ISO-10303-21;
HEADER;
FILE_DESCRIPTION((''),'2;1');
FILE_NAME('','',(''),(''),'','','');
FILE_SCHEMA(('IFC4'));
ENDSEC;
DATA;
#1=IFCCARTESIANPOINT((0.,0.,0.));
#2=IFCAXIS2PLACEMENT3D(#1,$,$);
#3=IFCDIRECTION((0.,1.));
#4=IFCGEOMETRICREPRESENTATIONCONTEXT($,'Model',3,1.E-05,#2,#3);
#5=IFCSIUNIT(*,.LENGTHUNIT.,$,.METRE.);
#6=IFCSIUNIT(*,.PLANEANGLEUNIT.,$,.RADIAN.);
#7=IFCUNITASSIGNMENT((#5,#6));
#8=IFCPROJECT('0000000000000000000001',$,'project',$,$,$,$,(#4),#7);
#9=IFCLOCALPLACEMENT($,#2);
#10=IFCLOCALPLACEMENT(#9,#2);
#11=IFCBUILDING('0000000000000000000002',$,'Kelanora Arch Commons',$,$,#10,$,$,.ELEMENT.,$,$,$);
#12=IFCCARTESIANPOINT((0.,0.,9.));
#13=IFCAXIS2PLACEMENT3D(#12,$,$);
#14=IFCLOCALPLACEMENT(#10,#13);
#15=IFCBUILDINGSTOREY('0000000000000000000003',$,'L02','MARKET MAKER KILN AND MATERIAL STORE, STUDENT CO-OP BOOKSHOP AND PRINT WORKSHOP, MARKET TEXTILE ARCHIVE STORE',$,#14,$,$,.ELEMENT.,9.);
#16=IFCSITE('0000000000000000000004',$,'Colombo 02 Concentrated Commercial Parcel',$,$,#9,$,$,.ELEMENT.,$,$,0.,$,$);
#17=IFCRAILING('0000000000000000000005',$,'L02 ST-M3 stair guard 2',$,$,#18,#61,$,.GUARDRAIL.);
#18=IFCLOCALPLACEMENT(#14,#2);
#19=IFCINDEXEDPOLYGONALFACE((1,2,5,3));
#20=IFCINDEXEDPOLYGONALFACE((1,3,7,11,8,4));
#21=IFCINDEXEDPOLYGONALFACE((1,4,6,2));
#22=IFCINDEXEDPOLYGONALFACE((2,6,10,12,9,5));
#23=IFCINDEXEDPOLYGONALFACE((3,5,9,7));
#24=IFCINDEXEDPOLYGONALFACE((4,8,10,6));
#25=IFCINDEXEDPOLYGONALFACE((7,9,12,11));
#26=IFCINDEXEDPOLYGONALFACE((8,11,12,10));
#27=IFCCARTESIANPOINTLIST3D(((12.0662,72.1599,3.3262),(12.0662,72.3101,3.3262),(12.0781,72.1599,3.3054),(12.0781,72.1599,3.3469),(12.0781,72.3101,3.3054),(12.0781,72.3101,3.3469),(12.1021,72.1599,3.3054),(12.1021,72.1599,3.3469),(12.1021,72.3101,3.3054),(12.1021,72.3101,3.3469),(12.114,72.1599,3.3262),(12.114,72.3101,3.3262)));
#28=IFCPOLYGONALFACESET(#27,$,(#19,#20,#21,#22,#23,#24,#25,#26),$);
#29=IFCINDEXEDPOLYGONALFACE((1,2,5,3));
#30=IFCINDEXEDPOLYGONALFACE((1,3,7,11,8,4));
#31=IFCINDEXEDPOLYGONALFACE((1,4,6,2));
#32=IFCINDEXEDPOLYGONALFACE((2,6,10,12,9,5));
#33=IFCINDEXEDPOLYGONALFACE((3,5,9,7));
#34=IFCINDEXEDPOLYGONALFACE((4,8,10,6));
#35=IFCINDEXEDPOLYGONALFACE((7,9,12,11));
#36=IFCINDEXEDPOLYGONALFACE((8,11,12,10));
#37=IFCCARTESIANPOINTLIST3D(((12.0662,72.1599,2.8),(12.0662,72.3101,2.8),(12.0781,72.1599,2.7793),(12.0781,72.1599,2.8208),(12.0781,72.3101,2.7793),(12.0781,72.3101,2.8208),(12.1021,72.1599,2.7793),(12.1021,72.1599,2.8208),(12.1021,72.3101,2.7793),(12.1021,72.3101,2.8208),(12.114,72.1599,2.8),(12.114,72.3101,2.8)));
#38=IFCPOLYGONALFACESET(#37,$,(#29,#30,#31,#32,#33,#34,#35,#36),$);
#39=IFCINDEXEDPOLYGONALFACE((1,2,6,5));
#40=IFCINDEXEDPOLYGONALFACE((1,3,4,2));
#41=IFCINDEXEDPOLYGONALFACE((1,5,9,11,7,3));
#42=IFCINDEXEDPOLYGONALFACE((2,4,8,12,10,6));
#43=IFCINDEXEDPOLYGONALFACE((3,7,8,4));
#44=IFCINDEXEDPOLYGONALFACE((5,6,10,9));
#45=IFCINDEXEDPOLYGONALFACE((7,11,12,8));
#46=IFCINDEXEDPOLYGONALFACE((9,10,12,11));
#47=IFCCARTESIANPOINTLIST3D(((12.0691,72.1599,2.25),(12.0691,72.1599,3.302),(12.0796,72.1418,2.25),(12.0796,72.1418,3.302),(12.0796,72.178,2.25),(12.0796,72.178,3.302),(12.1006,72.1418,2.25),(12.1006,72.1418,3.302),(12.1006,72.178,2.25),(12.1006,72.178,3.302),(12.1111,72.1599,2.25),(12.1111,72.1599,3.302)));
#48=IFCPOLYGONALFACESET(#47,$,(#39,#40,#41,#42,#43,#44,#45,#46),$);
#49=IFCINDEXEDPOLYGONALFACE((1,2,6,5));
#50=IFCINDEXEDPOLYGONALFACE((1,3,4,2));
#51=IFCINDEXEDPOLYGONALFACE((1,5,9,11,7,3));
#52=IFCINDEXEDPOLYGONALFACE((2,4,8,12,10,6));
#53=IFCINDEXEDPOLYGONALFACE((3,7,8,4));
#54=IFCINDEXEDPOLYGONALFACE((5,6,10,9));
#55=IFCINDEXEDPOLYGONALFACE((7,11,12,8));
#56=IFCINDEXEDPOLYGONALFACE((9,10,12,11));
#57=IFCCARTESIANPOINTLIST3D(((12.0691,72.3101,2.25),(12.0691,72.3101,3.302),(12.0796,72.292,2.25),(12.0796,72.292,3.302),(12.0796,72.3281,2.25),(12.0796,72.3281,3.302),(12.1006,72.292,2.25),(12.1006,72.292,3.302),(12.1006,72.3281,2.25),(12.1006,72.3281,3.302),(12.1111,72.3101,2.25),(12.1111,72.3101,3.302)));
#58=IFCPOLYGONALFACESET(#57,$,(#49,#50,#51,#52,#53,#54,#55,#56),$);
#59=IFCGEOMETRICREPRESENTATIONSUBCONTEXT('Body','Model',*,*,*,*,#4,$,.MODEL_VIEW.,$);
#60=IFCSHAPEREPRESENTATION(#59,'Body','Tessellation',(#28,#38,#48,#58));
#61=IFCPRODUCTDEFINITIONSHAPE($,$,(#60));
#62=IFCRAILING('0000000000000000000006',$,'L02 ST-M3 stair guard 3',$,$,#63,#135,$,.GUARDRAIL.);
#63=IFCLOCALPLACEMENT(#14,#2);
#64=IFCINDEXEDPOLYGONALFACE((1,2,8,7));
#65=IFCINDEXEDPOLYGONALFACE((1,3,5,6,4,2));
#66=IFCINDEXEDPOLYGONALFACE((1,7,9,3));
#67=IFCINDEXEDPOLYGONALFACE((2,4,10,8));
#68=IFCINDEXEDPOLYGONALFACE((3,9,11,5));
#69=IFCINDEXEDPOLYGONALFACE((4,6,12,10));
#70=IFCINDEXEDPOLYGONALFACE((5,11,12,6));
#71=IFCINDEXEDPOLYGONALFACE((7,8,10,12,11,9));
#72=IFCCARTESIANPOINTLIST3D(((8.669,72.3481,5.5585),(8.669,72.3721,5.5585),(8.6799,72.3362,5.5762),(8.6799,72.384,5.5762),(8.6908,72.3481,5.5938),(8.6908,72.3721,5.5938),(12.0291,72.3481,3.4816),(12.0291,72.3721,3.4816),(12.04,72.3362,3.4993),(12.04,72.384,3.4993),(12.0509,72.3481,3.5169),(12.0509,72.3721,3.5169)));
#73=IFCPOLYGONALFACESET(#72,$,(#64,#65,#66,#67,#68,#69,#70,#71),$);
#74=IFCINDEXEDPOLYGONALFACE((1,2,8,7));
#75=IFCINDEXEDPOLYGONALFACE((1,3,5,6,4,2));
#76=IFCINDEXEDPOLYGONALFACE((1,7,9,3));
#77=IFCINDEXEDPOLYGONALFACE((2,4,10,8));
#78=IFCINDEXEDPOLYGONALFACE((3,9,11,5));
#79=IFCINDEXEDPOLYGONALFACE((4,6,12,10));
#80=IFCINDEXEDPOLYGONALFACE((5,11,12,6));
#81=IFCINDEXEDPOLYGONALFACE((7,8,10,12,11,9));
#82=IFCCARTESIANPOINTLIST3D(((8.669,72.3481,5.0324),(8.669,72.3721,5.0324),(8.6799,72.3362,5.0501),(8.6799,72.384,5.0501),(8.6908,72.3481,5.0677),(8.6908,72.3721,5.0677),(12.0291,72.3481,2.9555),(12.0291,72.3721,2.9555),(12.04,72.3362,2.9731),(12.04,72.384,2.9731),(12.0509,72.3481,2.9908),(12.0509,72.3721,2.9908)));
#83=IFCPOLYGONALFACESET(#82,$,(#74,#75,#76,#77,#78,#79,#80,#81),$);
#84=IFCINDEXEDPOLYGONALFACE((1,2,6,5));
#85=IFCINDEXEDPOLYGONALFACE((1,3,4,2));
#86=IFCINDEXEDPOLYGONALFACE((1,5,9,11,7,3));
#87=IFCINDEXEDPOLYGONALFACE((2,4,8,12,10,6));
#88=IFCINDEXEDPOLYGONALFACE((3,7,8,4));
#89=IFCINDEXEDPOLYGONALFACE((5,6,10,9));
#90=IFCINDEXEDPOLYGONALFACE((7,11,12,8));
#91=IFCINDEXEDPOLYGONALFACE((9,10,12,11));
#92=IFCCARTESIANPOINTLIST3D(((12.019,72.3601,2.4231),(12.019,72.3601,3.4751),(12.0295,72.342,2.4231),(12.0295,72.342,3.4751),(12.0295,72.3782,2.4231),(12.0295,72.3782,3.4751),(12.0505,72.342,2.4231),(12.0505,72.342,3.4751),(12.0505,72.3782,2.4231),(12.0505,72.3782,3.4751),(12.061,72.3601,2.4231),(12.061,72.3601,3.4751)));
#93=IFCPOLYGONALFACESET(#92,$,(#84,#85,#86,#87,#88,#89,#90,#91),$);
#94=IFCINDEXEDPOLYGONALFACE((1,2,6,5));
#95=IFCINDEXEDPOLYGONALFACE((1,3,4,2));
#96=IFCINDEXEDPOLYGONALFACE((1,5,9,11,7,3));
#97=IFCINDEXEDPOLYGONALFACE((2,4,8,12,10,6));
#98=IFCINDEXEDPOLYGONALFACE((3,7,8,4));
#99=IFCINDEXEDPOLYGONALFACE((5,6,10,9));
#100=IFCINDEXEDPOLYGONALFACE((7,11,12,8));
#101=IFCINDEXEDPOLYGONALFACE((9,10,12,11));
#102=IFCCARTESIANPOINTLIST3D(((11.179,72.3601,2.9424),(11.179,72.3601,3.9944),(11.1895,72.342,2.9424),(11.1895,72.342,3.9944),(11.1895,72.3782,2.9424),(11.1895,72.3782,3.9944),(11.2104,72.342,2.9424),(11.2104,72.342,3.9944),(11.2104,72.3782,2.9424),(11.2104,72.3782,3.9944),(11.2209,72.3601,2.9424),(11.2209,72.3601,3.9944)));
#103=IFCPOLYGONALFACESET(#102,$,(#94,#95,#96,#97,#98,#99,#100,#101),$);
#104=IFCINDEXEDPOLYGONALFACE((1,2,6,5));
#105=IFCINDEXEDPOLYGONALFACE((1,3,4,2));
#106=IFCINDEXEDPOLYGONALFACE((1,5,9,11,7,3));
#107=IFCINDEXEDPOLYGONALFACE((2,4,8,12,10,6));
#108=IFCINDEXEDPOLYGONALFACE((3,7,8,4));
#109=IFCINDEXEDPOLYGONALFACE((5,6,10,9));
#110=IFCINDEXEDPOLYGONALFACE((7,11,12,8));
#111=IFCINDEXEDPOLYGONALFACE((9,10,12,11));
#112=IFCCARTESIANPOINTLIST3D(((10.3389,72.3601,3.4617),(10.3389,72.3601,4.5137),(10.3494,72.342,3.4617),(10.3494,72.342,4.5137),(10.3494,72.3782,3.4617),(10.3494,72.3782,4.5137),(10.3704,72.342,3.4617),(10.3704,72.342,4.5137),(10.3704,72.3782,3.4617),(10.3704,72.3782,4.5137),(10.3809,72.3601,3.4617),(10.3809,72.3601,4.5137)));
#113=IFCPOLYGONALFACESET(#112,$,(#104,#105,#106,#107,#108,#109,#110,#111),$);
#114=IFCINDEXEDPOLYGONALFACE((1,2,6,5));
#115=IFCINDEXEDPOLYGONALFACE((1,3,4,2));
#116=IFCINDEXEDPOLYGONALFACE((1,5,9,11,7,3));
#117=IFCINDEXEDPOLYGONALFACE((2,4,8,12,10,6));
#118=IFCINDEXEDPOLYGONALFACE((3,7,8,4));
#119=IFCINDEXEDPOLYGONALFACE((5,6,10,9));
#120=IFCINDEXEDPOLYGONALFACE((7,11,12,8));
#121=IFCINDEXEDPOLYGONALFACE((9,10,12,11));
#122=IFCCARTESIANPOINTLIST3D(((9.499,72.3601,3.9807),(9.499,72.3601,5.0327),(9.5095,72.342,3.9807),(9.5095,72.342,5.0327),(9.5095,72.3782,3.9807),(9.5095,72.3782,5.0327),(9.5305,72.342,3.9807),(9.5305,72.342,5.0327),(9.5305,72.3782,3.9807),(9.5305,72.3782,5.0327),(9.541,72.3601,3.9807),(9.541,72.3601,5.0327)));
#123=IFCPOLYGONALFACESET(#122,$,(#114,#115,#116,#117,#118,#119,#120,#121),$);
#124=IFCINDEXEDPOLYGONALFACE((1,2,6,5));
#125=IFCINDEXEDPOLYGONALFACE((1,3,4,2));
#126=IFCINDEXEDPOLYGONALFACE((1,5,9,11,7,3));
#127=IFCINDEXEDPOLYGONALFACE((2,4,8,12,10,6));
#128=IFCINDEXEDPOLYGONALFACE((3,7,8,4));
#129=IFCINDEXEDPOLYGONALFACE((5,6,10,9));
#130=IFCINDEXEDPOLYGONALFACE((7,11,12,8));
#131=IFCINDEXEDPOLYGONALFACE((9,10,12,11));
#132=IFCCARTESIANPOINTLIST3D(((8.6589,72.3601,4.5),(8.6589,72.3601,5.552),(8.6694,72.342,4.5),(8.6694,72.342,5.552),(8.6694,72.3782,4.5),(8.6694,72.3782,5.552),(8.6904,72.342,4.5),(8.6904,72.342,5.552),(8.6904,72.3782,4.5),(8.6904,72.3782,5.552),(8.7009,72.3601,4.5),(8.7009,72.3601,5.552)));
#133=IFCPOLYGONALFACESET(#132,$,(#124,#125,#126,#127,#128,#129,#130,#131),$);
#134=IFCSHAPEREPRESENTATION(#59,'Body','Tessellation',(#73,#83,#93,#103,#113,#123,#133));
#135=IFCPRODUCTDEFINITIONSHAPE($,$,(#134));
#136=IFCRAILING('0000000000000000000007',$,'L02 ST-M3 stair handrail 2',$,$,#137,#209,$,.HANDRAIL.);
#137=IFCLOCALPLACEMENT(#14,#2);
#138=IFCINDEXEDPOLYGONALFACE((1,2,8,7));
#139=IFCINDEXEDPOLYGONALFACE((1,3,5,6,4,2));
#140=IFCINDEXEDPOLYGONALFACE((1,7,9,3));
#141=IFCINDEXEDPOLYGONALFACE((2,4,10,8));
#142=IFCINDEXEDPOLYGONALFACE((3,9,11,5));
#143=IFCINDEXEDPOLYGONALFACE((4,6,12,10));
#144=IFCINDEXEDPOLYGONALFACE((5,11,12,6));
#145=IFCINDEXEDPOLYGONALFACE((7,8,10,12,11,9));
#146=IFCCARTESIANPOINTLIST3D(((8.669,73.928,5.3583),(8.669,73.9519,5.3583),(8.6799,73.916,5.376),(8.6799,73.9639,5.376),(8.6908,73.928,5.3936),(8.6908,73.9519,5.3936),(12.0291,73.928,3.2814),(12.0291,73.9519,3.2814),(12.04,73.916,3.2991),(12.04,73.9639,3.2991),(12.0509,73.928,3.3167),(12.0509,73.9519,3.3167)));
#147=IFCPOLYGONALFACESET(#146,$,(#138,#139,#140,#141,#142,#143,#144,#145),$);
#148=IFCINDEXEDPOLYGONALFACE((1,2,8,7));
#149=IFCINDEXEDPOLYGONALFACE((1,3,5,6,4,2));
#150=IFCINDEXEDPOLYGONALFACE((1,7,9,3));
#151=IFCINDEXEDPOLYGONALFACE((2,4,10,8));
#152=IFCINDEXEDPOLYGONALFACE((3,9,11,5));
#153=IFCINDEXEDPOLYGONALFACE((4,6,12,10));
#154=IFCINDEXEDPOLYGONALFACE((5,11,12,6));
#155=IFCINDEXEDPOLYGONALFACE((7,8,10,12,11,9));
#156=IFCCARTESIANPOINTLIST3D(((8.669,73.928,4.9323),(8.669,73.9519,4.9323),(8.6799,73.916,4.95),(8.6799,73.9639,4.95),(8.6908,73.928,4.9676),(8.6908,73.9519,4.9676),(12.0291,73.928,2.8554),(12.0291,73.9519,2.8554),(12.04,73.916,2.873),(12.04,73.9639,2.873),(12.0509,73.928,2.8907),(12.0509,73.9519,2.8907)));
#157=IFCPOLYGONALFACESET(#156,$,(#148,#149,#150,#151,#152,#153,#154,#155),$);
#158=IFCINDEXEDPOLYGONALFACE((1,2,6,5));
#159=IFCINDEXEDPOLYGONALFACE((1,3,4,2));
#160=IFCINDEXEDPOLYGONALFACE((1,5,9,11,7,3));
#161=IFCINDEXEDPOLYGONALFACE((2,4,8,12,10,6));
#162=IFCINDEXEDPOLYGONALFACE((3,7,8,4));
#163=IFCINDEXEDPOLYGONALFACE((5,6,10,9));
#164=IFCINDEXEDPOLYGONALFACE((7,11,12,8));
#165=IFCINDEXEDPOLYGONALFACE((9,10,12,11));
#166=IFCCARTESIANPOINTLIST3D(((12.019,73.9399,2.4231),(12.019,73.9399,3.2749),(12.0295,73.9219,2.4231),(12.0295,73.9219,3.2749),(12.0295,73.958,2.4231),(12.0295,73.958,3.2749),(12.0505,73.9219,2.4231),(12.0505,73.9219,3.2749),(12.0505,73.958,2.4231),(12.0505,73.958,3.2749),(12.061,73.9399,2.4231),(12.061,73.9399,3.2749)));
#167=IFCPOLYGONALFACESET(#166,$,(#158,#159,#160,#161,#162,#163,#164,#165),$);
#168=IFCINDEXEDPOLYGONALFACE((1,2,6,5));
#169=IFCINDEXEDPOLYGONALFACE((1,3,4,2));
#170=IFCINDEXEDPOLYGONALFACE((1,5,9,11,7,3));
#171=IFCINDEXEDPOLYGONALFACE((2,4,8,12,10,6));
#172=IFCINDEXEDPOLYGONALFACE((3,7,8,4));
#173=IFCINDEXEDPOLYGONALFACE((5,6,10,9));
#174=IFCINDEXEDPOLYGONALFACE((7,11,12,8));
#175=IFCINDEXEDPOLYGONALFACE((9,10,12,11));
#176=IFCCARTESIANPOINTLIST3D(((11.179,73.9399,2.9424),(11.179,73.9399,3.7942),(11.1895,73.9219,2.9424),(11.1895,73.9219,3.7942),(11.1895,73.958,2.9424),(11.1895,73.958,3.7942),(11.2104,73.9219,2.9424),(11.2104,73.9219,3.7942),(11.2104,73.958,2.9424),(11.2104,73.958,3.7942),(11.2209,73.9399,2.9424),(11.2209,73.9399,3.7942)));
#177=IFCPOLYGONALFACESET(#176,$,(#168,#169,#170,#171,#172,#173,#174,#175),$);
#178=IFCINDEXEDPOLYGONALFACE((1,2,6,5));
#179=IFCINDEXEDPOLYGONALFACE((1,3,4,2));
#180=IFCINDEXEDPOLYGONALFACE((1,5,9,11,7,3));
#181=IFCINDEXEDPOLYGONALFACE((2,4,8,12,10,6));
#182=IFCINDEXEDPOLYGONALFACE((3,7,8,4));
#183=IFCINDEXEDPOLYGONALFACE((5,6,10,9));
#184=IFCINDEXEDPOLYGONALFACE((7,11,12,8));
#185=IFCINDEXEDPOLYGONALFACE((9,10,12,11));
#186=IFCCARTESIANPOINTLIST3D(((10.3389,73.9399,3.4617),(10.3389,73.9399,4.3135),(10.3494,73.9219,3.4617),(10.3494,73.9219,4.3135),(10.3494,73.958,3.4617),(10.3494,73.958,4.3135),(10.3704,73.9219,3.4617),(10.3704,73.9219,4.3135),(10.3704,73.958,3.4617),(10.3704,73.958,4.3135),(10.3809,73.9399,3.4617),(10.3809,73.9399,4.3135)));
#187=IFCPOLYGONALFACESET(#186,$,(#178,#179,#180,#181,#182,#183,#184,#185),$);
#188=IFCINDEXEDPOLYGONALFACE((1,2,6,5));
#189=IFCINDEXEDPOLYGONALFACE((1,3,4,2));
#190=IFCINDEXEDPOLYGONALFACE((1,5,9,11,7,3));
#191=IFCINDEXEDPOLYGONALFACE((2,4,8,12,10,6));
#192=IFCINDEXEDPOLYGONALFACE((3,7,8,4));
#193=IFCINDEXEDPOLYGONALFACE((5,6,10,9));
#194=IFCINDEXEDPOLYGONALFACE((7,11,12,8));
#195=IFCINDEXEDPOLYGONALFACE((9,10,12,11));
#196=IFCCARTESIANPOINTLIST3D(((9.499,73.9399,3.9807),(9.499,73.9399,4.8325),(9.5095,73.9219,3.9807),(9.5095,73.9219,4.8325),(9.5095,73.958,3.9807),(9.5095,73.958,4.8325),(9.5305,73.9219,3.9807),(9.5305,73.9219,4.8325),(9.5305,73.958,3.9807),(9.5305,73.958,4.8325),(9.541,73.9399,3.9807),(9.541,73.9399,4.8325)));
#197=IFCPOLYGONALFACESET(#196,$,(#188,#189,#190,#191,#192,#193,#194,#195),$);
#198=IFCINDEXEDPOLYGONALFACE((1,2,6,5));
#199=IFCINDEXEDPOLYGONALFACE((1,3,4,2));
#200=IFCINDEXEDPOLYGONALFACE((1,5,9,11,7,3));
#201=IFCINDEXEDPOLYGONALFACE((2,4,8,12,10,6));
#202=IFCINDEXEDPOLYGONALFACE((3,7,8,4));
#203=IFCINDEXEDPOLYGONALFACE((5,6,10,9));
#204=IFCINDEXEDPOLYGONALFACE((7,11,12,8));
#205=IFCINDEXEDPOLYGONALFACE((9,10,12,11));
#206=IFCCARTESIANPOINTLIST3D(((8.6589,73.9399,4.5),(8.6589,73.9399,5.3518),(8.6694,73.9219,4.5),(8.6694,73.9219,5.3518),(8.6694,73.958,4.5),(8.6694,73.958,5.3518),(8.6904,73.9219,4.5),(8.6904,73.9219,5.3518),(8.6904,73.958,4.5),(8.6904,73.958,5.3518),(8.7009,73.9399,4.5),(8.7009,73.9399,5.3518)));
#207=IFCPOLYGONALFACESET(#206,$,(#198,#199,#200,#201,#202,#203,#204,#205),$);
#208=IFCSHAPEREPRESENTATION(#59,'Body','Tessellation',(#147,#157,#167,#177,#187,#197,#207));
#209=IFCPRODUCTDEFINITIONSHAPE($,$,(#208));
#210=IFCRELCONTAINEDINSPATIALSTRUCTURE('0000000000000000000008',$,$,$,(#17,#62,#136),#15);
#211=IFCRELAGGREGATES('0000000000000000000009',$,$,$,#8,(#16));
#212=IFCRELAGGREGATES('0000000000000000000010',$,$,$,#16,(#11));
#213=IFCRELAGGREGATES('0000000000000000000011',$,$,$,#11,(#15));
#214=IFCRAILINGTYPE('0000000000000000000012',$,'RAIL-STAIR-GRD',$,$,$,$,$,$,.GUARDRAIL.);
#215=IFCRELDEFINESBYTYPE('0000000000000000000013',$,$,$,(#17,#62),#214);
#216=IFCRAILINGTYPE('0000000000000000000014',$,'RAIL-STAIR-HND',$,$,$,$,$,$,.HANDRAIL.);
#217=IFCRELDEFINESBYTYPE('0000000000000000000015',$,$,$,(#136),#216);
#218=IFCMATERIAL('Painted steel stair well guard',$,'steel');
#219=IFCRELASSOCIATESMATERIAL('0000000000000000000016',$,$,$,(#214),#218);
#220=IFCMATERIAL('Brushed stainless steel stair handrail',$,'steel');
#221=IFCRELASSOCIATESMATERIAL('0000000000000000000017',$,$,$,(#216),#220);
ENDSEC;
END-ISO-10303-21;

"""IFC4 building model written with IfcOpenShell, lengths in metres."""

from ifc_helpers import new_model, si_unit, direction, frame, origin, place, context, subcontext, project, spatial, polyline, outline, extrude, material, type_object, element, save


model = new_model("IFC4")

# Units and contexts
model_context = context("Model", 3, precision=1e-05, world=origin(), true_north=direction((0.0, 1.0)))
body_context = subcontext(model_context, "Body", "Model", "MODEL_VIEW")
ifc_project = project(units=[si_unit("LENGTHUNIT", "METRE"), si_unit("PLANEANGLEUNIT", "RADIAN")], contexts=[model_context])

# Site, building, storey
site_placement = place(None, origin())
site = spatial("IfcSite", under=ifc_project, at=site_placement, Name="Colombo 02 Concentrated Commercial Parcel", CompositionType="ELEMENT", RefElevation=0.0)
building_placement = place(site_placement, origin())
building = spatial("IfcBuilding", under=site, at=building_placement, Name="Kelanora Arch Commons", CompositionType="ELEMENT")
storey_placement = place(building_placement, frame((0.0, 0.0, 9.0)))
storey = spatial("IfcBuildingStorey", under=building, at=storey_placement, Name="L02", Description="MARKET MAKER KILN AND MATERIAL STORE, STUDENT CO-OP BOOKSHOP AND PRINT WORKSHOP, MARKET TEXTILE ARCHIVE STORE", CompositionType="ELEMENT", Elevation=9.0)

# Railings
ifc_material_1 = material(Name="Painted steel stair well guard", Category="steel")
railing_type_1 = type_object("IfcRailingType", Name="RAIL-STAIR-GRD", PredefinedType="GUARDRAIL", material=ifc_material_1)
railing_1_placement = place(storey_placement, frame((12.0901, 72.1599, 2.25)))
element("IfcRailing", 1, at=railing_1_placement, inside=storey, type_object=railing_type_1, Name="L02 ST-M3 stair guard 2", PredefinedType="GUARDRAIL", context=body_context, shape_type="SweptSolid", body=[
    extrude(outline(polyline([(0.0239, 0.0), (0.012, 0.0208), (-0.012, 0.0208), (-0.0239, 0.0), (-0.012, -0.0208), (0.012, -0.0208), (0.0239, 0.0)])), frame((0.0, 0.0, 1.0762), z_axis=(0.0, 1.0, 0.0), x_axis=(-1.0, 0.0, 0.0)), (0.0, 0.0, 1.0), 0.1501),
    extrude(outline(polyline([(0.0239, 0.0), (0.012, 0.0208), (-0.012, 0.0208), (-0.0239, 0.0), (-0.012, -0.0208), (0.012, -0.0208), (0.0239, 0.0)])), frame((0.0, 0.0, 0.55), z_axis=(0.0, 1.0, 0.0), x_axis=(-1.0, 0.0, 0.0)), (0.0, 0.0, 1.0), 0.1501),
    extrude(outline(polyline([(0.021, 0.0), (0.0105, 0.0181), (-0.0105, 0.0181), (-0.021, 0.0), (-0.0105, -0.0181), (0.0105, -0.0181), (0.021, 0.0)])), origin(), (0.0, 0.0, 1.0), 1.052),
    extrude(outline(polyline([(0.021, 0.0), (0.0105, 0.0181), (-0.0105, 0.0181), (-0.021, 0.0), (-0.0105, -0.0181), (0.0105, -0.0181), (0.021, 0.0)])), frame((0.0, 0.1501, 0.0)), (0.0, 0.0, 1.0), 1.052),
])
railing_2_placement = place(storey_placement, frame((12.04, 72.3601, 2.4231)))
element("IfcRailing", 2, at=railing_2_placement, inside=storey, type_object=railing_type_1, Name="L02 ST-M3 stair guard 3", PredefinedType="GUARDRAIL", context=body_context, shape_type="SweptSolid", body=[
    extrude(outline(polyline([(0.0239, 0.0), (0.012, 0.0208), (-0.012, 0.0208), (-0.0239, 0.0), (-0.012, -0.0208), (0.012, -0.0208), (0.0239, 0.0)])), frame((0.0, 0.0, 1.0762), z_axis=(-0.850623, 0.0, 0.525776), x_axis=(0.0, -1.0, 0.0)), (0.0, 0.0, 1.0), 3.9502),
    extrude(outline(polyline([(0.0239, 0.0), (0.012, 0.0208), (-0.012, 0.0208), (-0.0239, 0.0), (-0.012, -0.0208), (0.012, -0.0208), (0.0239, 0.0)])), frame((0.0, 0.0, 0.55), z_axis=(-0.850623, 0.0, 0.525776), x_axis=(0.0, -1.0, 0.0)), (0.0, 0.0, 1.0), 3.9502),
    extrude(outline(polyline([(0.021, 0.0), (0.0105, 0.0181), (-0.0105, 0.0181), (-0.021, 0.0), (-0.0105, -0.0181), (0.0105, -0.0181), (0.021, 0.0)])), origin(), (0.0, 0.0, 1.0), 1.052),
    extrude(outline(polyline([(0.021, 0.0), (0.0105, 0.0181), (-0.0105, 0.0181), (-0.021, 0.0), (-0.0105, -0.0181), (0.0105, -0.0181), (0.021, 0.0)])), frame((-0.8401, 0.0, 0.5193)), (0.0, 0.0, 1.0), 1.052),
    extrude(outline(polyline([(0.021, 0.0), (0.0105, 0.0181), (-0.0105, 0.0181), (-0.021, 0.0), (-0.0105, -0.0181), (0.0105, -0.0181), (0.021, 0.0)])), frame((-1.6802, 0.0, 1.0386)), (0.0, 0.0, 1.0), 1.052),
    extrude(outline(polyline([(0.021, 0.0), (0.0105, 0.0181), (-0.0105, 0.0181), (-0.021, 0.0), (-0.0105, -0.0181), (0.0105, -0.0181), (0.021, 0.0)])), frame((-2.52, 0.0, 1.5576)), (0.0, 0.0, 1.0), 1.052),
    extrude(outline(polyline([(0.021, 0.0), (0.0105, 0.0181), (-0.0105, 0.0181), (-0.021, 0.0), (-0.0105, -0.0181), (0.0105, -0.0181), (0.021, 0.0)])), frame((-3.3601, 0.0, 2.0769)), (0.0, 0.0, 1.0), 1.052),
])
ifc_material_2 = material(Name="Brushed stainless steel stair handrail", Category="steel")
railing_type_2 = type_object("IfcRailingType", Name="RAIL-STAIR-HND", PredefinedType="HANDRAIL", material=ifc_material_2)
railing_3_placement = place(storey_placement, frame((12.04, 73.9399, 2.4231)))
element("IfcRailing", 3, at=railing_3_placement, inside=storey, type_object=railing_type_2, Name="L02 ST-M3 stair handrail 2", PredefinedType="HANDRAIL", context=body_context, shape_type="SweptSolid", body=[
    extrude(outline(polyline([(0.0239, 0.0), (0.012, 0.0208), (-0.012, 0.0208), (-0.0239, 0.0), (-0.012, -0.0208), (0.012, -0.0208), (0.0239, 0.0)])), frame((0.0, 0.0, 0.876), z_axis=(-0.850623, 0.0, 0.525776), x_axis=(0.0, -1.0, 0.0)), (0.0, 0.0, 1.0), 3.9502),
    extrude(outline(polyline([(0.0239, 0.0), (0.012, 0.0208), (-0.012, 0.0208), (-0.0239, 0.0), (-0.012, -0.0208), (0.012, -0.0208), (0.0239, 0.0)])), frame((0.0, 0.0, 0.45), z_axis=(-0.850623, 0.0, 0.525776), x_axis=(0.0, -1.0, 0.0)), (0.0, 0.0, 1.0), 3.9502),
    extrude(outline(polyline([(0.021, 0.0), (0.0105, 0.0181), (-0.0105, 0.0181), (-0.021, 0.0), (-0.0105, -0.0181), (0.0105, -0.0181), (0.021, 0.0)])), origin(), (0.0, 0.0, 1.0), 0.8518),
    extrude(outline(polyline([(0.021, 0.0), (0.0105, 0.0181), (-0.0105, 0.0181), (-0.021, 0.0), (-0.0105, -0.0181), (0.0105, -0.0181), (0.021, 0.0)])), frame((-0.8401, 0.0, 0.5193)), (0.0, 0.0, 1.0), 0.8518),
    extrude(outline(polyline([(0.021, 0.0), (0.0105, 0.0181), (-0.0105, 0.0181), (-0.021, 0.0), (-0.0105, -0.0181), (0.0105, -0.0181), (0.021, 0.0)])), frame((-1.6802, 0.0, 1.0386)), (0.0, 0.0, 1.0), 0.8518),
    extrude(outline(polyline([(0.021, 0.0), (0.0105, 0.0181), (-0.0105, 0.0181), (-0.021, 0.0), (-0.0105, -0.0181), (0.0105, -0.0181), (0.021, 0.0)])), frame((-2.52, 0.0, 1.5576)), (0.0, 0.0, 1.0), 0.8518),
    extrude(outline(polyline([(0.021, 0.0), (0.0105, 0.0181), (-0.0105, 0.0181), (-0.021, 0.0), (-0.0105, -0.0181), (0.0105, -0.0181), (0.021, 0.0)])), frame((-3.3601, 0.0, 2.0769)), (0.0, 0.0, 1.0), 0.8518),
])

save(model, "model.ifc")
